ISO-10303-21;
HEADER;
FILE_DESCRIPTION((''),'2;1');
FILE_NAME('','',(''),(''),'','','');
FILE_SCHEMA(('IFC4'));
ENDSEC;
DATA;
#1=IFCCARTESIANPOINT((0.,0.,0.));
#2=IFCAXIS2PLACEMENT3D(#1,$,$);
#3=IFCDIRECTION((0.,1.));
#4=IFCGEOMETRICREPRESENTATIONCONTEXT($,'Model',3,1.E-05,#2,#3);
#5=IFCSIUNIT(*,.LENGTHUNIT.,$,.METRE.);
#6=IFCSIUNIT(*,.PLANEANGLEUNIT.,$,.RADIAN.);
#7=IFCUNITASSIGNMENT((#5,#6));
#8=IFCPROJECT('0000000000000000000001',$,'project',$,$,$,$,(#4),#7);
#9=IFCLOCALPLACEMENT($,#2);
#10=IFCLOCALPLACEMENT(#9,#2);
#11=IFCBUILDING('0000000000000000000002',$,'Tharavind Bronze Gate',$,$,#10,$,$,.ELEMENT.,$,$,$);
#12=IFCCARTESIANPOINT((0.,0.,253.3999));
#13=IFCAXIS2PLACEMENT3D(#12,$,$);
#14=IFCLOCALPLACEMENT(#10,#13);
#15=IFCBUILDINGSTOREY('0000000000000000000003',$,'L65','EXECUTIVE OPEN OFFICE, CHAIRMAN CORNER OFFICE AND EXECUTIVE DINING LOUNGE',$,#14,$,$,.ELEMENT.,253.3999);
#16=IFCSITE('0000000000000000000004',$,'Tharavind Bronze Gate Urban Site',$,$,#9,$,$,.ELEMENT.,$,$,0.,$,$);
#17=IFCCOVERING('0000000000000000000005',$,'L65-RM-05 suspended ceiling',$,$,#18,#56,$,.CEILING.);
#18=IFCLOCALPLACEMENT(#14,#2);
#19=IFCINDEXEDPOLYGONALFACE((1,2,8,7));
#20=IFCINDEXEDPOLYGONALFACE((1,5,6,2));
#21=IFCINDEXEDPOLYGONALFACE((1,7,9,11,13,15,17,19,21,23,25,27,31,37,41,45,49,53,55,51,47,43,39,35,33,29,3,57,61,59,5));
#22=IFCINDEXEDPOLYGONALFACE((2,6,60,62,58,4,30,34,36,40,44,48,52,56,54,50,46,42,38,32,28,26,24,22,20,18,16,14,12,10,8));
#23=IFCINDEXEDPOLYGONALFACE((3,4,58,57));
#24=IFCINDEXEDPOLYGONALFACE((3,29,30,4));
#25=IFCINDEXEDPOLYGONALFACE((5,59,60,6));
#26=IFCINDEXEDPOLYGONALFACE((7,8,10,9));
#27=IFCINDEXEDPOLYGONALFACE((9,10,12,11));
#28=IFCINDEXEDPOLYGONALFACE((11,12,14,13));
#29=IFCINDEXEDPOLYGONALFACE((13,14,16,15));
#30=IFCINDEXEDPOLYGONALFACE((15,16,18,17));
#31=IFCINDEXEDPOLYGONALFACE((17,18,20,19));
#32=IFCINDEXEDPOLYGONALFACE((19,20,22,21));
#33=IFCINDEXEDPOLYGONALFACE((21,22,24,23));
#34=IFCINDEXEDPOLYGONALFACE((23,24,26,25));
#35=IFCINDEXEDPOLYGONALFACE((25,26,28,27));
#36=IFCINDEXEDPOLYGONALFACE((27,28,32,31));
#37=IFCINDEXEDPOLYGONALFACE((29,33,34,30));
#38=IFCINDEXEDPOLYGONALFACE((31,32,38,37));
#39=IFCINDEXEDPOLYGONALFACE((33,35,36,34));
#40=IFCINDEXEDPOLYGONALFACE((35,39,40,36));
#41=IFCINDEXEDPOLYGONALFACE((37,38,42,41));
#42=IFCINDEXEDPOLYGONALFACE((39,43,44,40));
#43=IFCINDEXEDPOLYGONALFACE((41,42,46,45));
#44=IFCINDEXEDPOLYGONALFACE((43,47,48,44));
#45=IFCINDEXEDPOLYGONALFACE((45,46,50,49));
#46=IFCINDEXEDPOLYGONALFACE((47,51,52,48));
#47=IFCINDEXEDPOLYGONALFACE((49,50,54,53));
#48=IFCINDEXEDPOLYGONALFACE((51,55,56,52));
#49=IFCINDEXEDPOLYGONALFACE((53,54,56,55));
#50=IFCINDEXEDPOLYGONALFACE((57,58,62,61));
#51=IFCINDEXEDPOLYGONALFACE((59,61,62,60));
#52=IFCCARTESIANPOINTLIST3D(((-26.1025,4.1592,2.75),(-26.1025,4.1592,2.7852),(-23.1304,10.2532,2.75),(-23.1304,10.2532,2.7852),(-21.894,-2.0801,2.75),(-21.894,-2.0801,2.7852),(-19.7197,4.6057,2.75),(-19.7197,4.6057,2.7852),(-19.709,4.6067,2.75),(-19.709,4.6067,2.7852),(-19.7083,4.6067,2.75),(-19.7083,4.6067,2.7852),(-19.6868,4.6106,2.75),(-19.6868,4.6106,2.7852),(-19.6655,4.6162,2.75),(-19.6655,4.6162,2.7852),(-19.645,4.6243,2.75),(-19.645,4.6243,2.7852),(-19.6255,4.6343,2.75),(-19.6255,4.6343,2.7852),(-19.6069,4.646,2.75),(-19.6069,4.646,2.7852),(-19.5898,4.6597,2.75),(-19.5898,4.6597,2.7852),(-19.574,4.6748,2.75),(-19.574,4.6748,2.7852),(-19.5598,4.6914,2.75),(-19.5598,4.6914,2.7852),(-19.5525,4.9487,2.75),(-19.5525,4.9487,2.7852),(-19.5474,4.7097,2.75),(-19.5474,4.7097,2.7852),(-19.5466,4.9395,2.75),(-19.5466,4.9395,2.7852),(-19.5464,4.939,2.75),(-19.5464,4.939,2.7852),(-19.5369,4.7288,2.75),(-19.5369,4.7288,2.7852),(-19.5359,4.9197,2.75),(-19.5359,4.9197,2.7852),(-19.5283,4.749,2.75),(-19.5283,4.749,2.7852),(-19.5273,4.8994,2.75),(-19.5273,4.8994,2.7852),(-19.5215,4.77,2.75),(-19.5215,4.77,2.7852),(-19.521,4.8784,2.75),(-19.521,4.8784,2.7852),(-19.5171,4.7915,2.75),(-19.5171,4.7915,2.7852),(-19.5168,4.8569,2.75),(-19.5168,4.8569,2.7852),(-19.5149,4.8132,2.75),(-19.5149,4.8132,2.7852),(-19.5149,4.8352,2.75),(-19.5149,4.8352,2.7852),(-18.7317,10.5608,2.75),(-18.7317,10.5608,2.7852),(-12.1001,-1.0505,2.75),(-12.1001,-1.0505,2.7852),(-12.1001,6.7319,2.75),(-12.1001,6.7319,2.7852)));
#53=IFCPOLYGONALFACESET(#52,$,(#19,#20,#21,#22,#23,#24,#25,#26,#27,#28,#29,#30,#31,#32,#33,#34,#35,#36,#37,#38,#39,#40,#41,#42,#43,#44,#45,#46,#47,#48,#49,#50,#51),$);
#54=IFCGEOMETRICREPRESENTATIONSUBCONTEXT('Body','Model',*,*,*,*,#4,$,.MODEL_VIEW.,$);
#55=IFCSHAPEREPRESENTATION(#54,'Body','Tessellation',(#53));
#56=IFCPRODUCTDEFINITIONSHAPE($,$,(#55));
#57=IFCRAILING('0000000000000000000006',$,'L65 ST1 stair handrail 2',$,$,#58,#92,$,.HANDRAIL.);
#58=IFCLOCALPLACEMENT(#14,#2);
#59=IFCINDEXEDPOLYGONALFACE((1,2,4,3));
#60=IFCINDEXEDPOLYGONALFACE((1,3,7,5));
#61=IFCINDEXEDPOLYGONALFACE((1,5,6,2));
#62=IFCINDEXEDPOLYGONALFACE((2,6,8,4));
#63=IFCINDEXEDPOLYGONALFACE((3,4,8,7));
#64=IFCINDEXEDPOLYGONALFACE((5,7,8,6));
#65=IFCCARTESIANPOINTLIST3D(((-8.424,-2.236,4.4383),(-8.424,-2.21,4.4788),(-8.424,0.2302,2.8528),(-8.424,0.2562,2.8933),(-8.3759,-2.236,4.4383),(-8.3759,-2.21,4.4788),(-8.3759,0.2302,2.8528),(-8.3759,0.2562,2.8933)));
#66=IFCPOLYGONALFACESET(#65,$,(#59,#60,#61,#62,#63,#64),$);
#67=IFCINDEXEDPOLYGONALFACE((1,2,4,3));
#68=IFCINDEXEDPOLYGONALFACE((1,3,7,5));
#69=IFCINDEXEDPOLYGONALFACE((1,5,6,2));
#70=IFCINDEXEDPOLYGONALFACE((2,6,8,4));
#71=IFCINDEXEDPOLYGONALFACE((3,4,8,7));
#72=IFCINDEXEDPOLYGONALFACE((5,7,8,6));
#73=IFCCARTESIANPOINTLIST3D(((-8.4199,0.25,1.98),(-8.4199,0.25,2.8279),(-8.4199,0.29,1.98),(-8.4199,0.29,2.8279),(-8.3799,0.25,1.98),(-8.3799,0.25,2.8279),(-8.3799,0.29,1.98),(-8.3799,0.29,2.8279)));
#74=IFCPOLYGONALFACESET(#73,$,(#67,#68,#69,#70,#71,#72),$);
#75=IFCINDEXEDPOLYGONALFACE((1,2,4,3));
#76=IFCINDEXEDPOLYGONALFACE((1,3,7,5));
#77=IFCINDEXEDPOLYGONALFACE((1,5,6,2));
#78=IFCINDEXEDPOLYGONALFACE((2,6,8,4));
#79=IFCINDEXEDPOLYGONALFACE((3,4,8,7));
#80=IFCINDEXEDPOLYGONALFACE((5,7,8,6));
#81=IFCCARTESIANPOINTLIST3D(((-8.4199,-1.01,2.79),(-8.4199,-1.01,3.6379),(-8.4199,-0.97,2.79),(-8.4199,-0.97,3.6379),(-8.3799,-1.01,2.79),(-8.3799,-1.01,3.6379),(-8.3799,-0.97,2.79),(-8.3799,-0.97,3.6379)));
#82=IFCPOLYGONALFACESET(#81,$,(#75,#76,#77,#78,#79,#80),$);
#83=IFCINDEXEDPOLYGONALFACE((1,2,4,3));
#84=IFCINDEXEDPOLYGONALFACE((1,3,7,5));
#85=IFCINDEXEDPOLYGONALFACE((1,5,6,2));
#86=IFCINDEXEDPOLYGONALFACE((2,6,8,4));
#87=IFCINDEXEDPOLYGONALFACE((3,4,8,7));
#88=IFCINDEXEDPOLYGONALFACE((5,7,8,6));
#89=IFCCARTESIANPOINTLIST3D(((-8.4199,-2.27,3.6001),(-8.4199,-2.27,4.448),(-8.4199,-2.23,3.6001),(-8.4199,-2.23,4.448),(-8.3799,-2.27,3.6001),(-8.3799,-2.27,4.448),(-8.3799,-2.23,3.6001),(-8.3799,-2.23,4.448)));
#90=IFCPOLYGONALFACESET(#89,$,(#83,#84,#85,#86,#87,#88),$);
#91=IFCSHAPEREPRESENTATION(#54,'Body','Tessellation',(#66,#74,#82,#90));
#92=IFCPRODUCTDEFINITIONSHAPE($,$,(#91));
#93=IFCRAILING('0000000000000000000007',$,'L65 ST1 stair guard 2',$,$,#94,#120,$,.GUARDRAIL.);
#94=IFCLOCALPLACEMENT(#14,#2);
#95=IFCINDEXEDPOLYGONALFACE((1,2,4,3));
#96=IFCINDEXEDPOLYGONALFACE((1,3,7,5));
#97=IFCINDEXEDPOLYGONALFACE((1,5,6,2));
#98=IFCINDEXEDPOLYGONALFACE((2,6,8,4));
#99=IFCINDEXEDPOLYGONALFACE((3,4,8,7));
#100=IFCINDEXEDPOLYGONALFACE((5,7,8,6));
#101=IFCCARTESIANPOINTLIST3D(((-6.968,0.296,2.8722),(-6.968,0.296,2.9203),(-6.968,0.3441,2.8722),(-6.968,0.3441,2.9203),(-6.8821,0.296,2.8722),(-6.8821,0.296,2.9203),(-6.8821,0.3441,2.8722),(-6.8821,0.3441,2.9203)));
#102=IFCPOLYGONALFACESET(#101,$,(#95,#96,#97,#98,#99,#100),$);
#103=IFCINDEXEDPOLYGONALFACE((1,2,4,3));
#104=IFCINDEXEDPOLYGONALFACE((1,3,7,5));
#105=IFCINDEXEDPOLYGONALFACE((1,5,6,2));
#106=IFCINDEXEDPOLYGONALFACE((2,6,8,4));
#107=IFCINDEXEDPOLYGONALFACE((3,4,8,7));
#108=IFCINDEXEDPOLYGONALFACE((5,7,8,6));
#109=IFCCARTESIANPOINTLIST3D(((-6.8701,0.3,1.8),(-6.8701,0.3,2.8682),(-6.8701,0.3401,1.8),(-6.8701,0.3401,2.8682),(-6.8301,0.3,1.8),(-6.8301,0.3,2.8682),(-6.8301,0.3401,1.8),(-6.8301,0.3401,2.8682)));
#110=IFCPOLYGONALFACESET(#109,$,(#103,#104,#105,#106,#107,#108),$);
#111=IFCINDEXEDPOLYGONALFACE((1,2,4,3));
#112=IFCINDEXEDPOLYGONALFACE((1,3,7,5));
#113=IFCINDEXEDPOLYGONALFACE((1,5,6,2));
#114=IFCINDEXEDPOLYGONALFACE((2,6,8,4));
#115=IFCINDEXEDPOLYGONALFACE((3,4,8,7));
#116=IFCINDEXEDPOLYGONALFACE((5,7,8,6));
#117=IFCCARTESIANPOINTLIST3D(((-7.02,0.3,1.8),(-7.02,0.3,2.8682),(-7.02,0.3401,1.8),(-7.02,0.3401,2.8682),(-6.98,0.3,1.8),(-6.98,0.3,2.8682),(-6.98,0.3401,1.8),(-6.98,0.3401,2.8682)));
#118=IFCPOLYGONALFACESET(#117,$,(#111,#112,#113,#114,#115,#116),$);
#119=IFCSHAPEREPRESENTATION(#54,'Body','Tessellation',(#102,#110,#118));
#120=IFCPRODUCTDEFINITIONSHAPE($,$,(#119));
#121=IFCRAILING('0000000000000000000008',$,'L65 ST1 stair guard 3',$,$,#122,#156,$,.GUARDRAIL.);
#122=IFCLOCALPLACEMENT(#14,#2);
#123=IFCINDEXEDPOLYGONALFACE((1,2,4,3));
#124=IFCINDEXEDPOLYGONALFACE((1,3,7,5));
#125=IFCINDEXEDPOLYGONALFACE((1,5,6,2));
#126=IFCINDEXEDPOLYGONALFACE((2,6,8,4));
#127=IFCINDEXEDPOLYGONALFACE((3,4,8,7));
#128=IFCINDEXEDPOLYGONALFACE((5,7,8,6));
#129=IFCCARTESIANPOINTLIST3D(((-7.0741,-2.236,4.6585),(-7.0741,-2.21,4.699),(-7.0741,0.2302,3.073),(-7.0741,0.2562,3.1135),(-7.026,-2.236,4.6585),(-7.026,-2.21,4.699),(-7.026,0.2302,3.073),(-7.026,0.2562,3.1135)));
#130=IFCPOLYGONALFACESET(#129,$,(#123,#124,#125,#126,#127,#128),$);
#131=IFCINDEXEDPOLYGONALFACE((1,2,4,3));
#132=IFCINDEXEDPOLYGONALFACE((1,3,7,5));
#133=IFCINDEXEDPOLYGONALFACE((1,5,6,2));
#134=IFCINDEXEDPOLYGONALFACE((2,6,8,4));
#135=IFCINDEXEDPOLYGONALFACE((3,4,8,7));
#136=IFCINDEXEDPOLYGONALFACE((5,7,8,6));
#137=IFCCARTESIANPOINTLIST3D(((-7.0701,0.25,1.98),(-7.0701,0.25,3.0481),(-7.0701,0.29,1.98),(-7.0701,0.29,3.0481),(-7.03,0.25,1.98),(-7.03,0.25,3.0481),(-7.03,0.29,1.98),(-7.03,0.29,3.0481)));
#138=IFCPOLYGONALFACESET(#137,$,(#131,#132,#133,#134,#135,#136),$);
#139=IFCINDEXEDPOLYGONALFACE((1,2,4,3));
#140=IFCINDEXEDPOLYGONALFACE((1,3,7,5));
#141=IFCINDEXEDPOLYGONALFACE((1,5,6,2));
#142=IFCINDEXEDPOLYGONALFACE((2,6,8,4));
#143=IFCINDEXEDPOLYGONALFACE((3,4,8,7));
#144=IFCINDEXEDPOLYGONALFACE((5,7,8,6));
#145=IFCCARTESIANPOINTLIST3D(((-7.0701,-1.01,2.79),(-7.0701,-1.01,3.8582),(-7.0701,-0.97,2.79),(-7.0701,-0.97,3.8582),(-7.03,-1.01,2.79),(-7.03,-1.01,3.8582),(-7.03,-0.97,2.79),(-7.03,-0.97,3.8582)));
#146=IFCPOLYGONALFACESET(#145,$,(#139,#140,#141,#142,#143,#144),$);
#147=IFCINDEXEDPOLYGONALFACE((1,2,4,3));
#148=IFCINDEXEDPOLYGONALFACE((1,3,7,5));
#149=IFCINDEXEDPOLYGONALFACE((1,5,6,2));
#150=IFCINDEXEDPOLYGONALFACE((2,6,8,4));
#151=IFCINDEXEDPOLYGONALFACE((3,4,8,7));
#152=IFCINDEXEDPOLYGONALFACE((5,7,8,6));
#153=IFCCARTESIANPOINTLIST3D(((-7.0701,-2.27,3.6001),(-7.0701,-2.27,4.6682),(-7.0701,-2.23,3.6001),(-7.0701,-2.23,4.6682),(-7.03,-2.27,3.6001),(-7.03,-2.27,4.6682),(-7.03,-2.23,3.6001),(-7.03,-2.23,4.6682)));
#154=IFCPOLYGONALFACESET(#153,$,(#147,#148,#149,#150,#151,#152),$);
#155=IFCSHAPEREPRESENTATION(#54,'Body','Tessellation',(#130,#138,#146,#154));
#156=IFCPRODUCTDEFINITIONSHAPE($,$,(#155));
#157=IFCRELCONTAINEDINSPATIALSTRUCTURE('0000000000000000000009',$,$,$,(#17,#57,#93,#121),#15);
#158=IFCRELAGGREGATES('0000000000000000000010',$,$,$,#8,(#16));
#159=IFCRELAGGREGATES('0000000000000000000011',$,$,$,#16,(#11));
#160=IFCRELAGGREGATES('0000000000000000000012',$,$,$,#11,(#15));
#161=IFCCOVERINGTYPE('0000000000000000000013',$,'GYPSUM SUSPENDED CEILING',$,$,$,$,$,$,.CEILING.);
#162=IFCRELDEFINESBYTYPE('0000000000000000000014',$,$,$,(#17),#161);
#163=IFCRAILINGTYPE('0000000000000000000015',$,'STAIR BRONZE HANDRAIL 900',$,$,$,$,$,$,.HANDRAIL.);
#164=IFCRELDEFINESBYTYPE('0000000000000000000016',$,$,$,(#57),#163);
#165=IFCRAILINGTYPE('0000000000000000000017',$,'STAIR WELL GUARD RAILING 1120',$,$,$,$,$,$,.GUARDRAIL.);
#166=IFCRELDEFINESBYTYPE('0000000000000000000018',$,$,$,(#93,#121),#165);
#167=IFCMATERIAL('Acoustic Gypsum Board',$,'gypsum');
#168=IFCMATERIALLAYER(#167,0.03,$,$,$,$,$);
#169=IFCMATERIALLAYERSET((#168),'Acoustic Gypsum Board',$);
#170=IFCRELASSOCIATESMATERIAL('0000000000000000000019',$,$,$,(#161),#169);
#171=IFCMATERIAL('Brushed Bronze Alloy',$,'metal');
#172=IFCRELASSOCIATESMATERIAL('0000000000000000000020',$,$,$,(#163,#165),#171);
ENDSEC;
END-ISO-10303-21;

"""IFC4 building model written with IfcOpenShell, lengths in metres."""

from ifc_helpers import new_model, si_unit, direction, frame, origin, origin_2d, place, context, subcontext, project, spatial, polyline, rectangle, outline, extrude, material, layer, layer_set, type_object, element, save


model = new_model("IFC4")

# Units and contexts
model_context = context("Model", 3, precision=1e-05, world=origin(), true_north=direction((0.0, 1.0)))
body_context = subcontext(model_context, "Body", "Model", "MODEL_VIEW")
ifc_project = project(units=[si_unit("LENGTHUNIT", "METRE"), si_unit("PLANEANGLEUNIT", "RADIAN")], contexts=[model_context])

# Site, building, storey
site_placement = place(None, origin())
site = spatial("IfcSite", under=ifc_project, at=site_placement, Name="Tharavind Bronze Gate Urban Site", CompositionType="ELEMENT", RefElevation=0.0)
building_placement = place(site_placement, origin())
building = spatial("IfcBuilding", under=site, at=building_placement, Name="Tharavind Bronze Gate", CompositionType="ELEMENT")
storey_placement = place(building_placement, frame((0.0, 0.0, 253.3999)))
storey = spatial("IfcBuildingStorey", under=building, at=storey_placement, Name="L65", Description="EXECUTIVE OPEN OFFICE, CHAIRMAN CORNER OFFICE AND EXECUTIVE DINING LOUNGE", CompositionType="ELEMENT", Elevation=253.3999)

# Covering
ifc_material_1 = material(Name="Acoustic Gypsum Board", Category="gypsum")
ifc_layer_1 = layer(ifc_material_1, 0.03)
ifc_layer_set_1 = layer_set([ifc_layer_1], Name="Acoustic Gypsum Board")
covering_type_1 = type_object("IfcCoveringType", Name="GYPSUM SUSPENDED CEILING", PredefinedType="CEILING", material=ifc_layer_set_1)
covering_1_placement = place(storey_placement, frame((0.0, 0.0, 2.75)))
element("IfcCovering", 1, at=covering_1_placement, inside=storey, type_object=covering_type_1, Name="L65-RM-05 suspended ceiling", PredefinedType="CEILING", context=body_context, shape_type="SweptSolid", body=[
    extrude(outline(polyline([(-21.894, -2.0801), (-12.1001, -1.0505), (-12.1001, 6.7319), (-18.7317, 10.5608), (-23.1304, 10.2532), (-19.5525, 4.9487), (-19.5466, 4.9395), (-19.5464, 4.939), (-19.5359, 4.9197), (-19.5273, 4.8994), (-19.521, 4.8784), (-19.5168, 4.8569), (-19.5149, 4.8352), (-19.5149, 4.8132), (-19.5171, 4.7915), (-19.5215, 4.77), (-19.5283, 4.749), (-19.5369, 4.7288), (-19.5474, 4.7097), (-19.5598, 4.6914), (-19.574, 4.6748), (-19.5898, 4.6597), (-19.6069, 4.646), (-19.6255, 4.6343), (-19.645, 4.6243), (-19.6655, 4.6162), (-19.6868, 4.6106), (-19.7083, 4.6067), (-19.709, 4.6067), (-19.7197, 4.6057), (-26.1025, 4.1592), (-21.894, -2.0801)])), origin(), (0.0, 0.0, 1.0), 0.0352),
])

# Railings
ifc_material_2 = material(Name="Brushed Bronze Alloy", Category="metal")
railing_type_1 = type_object("IfcRailingType", Name="STAIR BRONZE HANDRAIL 900", PredefinedType="HANDRAIL", material=ifc_material_2)
railing_1_placement = place(storey_placement, frame((-8.3999, 0.27, 1.98)))
element("IfcRailing", 2, at=railing_1_placement, inside=storey, type_object=railing_type_1, Name="L65 ST1 stair handrail 2", PredefinedType="HANDRAIL", context=body_context, shape_type="SweptSolid", body=[
    extrude(rectangle(XDim=0.0481, YDim=0.0481, at=origin_2d()), frame((0.0, -0.0269, 0.8931), z_axis=(0.0, -0.841163, 0.540782), x_axis=(1.0, 0.0, 0.0)), (0.0, 0.0, 1.0), 2.9319),
    extrude(rectangle(XDim=0.04, YDim=0.04, at=origin_2d()), origin(), (0.0, 0.0, 1.0), 0.8479),
    extrude(rectangle(XDim=0.04, YDim=0.04, at=origin_2d()), frame((0.0, -1.26, 0.8101)), (0.0, 0.0, 1.0), 0.8479),
    extrude(rectangle(XDim=0.04, YDim=0.04, at=origin_2d()), frame((0.0, -2.52, 1.6201)), (0.0, 0.0, 1.0), 0.8479),
])
railing_type_2 = type_object("IfcRailingType", Name="STAIR WELL GUARD RAILING 1120", PredefinedType="GUARDRAIL", material=ifc_material_2)
railing_2_placement = place(storey_placement, frame((-6.8501, 0.3201, 1.8)))
element("IfcRailing", 3, at=railing_2_placement, inside=storey, type_object=railing_type_2, Name="L65 ST1 stair guard 2", PredefinedType="GUARDRAIL", context=body_context, shape_type="SweptSolid", body=[
    extrude(rectangle(XDim=0.0481, YDim=0.0481, at=origin_2d()), frame((-0.032, 0.0, 1.0962), z_axis=(-1.0, 0.0, 0.0), x_axis=(0.0, -1.0, 0.0)), (0.0, 0.0, 1.0), 0.0859),
    extrude(rectangle(XDim=0.04, YDim=0.04, at=origin_2d()), origin(), (0.0, 0.0, 1.0), 1.0681),
    extrude(rectangle(XDim=0.04, YDim=0.04, at=origin_2d()), frame((-0.1499, 0.0, 0.0)), (0.0, 0.0, 1.0), 1.0681),
])
railing_3_placement = place(storey_placement, frame((-7.05, 0.27, 1.98)))
element("IfcRailing", 4, at=railing_3_placement, inside=storey, type_object=railing_type_2, Name="L65 ST1 stair guard 3", PredefinedType="GUARDRAIL", context=body_context, shape_type="SweptSolid", body=[
    extrude(rectangle(XDim=0.0481, YDim=0.0481, at=origin_2d()), frame((0.0, -0.0269, 1.1133), z_axis=(0.0, -0.841163, 0.540782), x_axis=(1.0, 0.0, 0.0)), (0.0, 0.0, 1.0), 2.9319),
    extrude(rectangle(XDim=0.04, YDim=0.04, at=origin_2d()), origin(), (0.0, 0.0, 1.0), 1.0681),
    extrude(rectangle(XDim=0.04, YDim=0.04, at=origin_2d()), frame((0.0, -1.26, 0.8101)), (0.0, 0.0, 1.0), 1.0681),
    extrude(rectangle(XDim=0.04, YDim=0.04, at=origin_2d()), frame((0.0, -2.52, 1.6201)), (0.0, 0.0, 1.0), 1.0681),
])

save(model, "model.ifc")
